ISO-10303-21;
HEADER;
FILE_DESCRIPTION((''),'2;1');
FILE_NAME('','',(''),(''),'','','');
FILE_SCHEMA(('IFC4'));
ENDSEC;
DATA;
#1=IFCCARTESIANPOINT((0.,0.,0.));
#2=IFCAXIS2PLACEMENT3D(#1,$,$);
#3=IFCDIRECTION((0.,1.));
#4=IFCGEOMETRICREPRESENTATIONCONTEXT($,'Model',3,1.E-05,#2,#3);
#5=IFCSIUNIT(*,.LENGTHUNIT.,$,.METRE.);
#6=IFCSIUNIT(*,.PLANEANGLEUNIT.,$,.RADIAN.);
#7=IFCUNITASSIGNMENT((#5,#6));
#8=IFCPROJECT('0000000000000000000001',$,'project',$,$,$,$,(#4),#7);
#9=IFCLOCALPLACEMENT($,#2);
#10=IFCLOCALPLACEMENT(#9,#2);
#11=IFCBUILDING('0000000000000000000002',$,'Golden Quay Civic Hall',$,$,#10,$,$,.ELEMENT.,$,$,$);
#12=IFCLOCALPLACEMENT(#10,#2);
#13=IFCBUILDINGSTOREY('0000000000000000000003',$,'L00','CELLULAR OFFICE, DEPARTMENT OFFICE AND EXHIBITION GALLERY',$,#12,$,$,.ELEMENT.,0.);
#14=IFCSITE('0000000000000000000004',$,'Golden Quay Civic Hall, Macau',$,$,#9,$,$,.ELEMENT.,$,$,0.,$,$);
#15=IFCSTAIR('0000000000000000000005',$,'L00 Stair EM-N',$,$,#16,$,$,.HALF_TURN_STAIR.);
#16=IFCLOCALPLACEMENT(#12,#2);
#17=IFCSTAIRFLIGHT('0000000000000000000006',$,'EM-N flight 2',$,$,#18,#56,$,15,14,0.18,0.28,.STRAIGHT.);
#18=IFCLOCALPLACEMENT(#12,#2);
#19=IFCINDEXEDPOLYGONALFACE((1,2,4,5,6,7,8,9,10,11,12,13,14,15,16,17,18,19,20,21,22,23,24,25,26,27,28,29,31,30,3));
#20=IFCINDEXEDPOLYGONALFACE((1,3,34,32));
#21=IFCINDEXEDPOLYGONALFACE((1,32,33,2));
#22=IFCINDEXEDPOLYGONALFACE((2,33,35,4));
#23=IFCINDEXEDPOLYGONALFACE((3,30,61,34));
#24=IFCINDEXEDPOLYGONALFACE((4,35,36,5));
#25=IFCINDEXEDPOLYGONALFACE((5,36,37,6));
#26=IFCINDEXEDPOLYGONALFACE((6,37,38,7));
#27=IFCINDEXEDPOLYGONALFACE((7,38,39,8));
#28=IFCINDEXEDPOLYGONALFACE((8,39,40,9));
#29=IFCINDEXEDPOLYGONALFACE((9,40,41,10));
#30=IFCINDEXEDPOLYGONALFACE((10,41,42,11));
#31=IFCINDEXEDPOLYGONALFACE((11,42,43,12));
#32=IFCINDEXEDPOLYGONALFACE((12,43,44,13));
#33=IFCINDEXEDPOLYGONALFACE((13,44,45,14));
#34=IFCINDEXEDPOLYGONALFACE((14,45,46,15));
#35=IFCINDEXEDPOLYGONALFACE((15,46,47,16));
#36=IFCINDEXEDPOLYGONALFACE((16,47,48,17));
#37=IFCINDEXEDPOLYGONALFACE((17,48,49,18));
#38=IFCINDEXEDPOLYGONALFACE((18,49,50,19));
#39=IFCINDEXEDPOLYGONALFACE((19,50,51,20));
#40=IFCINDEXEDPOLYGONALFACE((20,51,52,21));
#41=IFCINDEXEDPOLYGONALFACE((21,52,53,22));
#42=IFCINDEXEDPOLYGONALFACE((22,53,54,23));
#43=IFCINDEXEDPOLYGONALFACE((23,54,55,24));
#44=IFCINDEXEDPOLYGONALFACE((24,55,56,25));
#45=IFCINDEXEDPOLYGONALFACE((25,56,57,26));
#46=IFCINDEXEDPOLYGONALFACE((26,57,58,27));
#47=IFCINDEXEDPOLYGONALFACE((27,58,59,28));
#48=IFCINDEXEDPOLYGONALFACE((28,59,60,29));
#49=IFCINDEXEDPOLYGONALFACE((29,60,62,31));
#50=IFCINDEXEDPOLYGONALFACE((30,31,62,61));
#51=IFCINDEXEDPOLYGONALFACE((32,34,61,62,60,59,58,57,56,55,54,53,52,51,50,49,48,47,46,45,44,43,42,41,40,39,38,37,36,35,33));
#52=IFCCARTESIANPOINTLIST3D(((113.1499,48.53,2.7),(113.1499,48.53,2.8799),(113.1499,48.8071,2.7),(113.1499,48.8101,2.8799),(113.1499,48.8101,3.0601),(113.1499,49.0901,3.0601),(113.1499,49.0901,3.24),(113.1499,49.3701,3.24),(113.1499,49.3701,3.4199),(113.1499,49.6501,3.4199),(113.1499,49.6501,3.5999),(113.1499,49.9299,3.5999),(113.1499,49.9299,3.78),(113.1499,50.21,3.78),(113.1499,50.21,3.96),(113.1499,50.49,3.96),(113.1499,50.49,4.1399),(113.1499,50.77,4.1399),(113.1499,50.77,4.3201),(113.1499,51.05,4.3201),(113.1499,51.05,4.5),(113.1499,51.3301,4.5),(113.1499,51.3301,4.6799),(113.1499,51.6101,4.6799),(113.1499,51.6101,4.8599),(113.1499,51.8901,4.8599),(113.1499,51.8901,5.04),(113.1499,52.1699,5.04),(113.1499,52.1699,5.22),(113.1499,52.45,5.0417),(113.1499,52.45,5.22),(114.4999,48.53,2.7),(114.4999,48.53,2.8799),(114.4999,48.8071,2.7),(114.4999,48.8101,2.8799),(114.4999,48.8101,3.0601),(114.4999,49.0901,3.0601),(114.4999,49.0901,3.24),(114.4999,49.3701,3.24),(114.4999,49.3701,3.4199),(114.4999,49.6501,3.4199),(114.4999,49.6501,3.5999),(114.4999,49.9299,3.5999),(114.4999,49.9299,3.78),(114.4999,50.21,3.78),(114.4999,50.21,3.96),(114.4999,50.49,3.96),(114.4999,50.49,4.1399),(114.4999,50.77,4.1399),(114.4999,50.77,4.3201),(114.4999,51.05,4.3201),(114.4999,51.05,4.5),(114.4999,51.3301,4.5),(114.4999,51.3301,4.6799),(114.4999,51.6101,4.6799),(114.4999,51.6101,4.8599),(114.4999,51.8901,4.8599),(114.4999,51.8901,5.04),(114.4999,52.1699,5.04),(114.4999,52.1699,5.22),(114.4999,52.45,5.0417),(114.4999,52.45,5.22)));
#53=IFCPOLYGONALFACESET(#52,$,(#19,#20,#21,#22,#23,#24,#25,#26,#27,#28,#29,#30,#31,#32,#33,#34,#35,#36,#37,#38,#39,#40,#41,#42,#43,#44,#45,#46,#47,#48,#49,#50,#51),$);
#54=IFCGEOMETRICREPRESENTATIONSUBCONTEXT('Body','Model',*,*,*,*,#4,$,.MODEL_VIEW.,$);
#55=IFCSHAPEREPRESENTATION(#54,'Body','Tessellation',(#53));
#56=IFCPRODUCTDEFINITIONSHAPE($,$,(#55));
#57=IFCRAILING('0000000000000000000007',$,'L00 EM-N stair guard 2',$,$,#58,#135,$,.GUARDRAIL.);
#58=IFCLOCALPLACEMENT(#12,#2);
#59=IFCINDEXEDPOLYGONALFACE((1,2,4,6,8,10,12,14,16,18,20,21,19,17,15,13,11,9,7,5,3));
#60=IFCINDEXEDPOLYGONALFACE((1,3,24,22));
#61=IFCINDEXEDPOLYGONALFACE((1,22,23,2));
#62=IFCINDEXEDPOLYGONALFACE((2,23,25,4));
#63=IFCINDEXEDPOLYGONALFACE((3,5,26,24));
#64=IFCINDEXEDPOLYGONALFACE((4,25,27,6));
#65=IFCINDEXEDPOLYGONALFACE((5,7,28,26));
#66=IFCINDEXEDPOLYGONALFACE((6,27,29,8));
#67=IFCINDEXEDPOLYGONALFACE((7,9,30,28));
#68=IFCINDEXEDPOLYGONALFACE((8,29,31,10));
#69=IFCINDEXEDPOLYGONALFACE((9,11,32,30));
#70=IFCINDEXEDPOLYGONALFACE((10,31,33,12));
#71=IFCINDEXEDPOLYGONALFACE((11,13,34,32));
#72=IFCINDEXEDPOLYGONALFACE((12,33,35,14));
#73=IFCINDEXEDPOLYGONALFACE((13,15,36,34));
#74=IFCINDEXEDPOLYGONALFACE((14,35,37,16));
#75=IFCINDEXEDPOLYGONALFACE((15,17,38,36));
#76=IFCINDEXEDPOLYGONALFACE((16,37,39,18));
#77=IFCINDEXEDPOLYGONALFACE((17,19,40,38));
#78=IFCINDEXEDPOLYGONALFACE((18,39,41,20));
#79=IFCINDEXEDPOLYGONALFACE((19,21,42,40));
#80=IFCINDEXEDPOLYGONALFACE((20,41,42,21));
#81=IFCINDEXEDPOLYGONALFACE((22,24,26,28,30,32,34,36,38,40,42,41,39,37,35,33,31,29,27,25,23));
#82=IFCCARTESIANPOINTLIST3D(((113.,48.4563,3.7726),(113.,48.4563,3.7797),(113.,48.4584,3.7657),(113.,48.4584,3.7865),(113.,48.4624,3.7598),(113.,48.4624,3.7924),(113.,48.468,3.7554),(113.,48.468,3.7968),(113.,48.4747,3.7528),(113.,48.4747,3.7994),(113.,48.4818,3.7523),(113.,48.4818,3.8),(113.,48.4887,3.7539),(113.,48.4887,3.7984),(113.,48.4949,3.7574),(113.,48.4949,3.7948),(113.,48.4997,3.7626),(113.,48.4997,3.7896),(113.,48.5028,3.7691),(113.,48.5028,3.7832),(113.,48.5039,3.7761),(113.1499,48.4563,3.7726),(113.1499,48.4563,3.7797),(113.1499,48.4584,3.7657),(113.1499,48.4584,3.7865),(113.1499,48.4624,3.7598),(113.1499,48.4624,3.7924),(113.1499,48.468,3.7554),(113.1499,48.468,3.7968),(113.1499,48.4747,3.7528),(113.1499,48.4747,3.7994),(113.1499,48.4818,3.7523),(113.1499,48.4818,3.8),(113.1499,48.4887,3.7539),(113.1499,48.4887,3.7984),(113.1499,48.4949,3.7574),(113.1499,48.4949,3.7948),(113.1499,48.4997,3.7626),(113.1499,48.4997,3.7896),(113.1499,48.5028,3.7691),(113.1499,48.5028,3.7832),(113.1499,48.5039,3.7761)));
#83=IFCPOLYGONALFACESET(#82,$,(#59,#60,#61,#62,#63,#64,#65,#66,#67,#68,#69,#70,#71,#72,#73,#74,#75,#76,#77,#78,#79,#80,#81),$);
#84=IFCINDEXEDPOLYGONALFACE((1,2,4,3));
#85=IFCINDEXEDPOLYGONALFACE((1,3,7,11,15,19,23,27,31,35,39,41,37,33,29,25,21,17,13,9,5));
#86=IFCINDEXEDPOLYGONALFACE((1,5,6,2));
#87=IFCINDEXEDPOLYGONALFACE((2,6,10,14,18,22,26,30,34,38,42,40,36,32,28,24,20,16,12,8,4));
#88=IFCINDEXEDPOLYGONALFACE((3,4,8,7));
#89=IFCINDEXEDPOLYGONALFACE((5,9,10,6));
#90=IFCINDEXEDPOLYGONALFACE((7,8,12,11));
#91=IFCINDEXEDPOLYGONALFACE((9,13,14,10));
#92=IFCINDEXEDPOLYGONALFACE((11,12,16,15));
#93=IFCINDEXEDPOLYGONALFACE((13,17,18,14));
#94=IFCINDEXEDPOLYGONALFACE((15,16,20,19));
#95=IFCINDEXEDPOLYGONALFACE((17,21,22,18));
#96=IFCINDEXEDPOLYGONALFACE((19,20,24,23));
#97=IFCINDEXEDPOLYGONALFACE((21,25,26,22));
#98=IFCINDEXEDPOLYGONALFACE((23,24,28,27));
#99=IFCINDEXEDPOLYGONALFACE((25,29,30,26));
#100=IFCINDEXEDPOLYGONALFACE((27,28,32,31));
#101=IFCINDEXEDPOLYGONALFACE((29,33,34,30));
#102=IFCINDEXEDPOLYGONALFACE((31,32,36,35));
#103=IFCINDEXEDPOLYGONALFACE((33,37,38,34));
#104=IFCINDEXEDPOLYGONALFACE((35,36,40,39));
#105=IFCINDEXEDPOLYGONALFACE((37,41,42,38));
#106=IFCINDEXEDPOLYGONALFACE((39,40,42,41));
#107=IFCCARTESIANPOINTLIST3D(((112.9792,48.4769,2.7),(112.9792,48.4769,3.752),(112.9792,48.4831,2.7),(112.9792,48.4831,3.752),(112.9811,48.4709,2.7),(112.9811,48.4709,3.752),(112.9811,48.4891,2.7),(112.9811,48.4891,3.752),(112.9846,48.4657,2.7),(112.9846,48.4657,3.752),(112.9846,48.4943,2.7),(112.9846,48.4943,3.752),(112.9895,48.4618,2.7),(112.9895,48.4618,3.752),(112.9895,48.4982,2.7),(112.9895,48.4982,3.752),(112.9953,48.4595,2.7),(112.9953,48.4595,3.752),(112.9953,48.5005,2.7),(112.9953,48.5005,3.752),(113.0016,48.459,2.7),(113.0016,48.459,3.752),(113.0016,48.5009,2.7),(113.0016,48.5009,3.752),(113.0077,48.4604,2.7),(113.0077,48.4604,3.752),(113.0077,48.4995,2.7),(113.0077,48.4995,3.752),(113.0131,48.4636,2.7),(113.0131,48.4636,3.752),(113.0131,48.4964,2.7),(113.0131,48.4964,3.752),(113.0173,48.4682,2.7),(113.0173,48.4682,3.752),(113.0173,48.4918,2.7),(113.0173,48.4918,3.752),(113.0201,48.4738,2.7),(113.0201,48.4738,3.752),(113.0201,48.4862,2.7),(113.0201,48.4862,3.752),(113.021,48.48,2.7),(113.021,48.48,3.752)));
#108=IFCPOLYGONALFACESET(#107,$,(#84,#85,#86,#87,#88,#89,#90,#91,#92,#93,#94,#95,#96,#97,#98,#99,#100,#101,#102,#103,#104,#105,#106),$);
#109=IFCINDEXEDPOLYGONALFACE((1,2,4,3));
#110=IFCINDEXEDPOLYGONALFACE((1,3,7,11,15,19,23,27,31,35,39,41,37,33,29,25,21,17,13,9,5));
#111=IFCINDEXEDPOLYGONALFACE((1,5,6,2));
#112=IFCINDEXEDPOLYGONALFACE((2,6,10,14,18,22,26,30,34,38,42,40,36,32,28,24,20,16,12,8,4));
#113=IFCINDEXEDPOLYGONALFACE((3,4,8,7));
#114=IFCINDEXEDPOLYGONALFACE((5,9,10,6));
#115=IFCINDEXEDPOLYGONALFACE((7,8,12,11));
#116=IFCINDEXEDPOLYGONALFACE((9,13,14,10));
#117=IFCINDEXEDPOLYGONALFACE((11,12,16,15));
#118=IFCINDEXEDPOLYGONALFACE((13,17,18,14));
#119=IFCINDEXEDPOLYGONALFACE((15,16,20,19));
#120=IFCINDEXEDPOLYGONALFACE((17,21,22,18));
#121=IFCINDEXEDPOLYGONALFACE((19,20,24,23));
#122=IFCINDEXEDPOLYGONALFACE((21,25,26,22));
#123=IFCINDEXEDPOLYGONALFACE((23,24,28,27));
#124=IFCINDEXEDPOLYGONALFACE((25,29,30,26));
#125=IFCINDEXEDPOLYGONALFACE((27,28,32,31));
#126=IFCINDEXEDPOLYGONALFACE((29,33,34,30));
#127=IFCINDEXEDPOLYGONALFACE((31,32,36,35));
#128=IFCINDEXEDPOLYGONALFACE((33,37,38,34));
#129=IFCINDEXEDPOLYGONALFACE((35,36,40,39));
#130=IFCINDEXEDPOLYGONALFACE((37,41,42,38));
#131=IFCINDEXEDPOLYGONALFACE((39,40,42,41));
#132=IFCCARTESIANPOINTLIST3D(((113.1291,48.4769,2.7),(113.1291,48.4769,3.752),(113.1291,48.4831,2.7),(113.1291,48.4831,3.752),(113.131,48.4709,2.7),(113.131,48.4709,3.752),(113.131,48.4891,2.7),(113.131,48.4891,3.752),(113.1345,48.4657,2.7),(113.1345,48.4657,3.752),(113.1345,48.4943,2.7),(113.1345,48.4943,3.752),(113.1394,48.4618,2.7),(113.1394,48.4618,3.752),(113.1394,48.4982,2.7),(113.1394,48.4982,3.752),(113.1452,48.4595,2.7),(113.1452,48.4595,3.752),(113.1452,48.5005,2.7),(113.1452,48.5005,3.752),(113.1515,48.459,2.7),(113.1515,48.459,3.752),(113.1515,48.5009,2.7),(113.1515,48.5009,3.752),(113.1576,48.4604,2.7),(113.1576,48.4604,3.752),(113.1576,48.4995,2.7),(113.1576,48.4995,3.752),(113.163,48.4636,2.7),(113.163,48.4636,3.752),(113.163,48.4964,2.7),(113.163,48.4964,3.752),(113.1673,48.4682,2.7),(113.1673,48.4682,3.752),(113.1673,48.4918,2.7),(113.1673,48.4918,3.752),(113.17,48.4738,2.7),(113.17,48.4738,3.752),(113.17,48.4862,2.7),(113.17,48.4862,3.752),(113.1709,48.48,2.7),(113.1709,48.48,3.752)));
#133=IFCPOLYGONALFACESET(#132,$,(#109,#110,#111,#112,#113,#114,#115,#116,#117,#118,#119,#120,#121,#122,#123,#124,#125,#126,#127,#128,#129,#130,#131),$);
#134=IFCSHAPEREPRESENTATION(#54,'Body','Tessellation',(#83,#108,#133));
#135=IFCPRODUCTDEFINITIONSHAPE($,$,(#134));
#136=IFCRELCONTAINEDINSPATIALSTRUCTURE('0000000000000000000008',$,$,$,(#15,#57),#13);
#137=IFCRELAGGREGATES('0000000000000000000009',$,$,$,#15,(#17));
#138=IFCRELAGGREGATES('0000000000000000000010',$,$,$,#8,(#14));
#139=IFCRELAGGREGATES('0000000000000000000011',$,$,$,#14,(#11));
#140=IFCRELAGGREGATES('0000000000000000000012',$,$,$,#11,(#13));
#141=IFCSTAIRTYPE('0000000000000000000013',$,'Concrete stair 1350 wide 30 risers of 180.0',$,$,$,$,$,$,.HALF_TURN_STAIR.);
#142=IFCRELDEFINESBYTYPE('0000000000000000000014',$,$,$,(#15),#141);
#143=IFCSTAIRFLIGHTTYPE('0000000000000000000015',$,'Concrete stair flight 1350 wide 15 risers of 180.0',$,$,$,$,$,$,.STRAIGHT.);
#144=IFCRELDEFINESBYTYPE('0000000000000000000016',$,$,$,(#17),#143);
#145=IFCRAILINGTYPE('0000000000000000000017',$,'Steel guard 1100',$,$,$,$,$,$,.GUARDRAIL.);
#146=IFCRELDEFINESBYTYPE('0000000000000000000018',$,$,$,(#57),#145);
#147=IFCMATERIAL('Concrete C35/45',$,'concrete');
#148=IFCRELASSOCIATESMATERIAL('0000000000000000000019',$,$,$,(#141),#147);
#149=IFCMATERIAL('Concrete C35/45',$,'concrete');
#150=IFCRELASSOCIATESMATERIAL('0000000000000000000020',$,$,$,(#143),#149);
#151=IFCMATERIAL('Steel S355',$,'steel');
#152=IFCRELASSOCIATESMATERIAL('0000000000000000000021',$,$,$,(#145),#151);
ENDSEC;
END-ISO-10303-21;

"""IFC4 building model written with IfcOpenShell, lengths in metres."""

from ifc_helpers import new_model, si_unit, direction, frame, origin, origin_2d, place, context, subcontext, project, spatial, polyline, circle, outline, extrude, material, type_object, element, aggregate, save


model = new_model("IFC4")

# Units and contexts
model_context = context("Model", 3, precision=1e-05, world=origin(), true_north=direction((0.0, 1.0)))
body_context = subcontext(model_context, "Body", "Model", "MODEL_VIEW")
ifc_project = project(units=[si_unit("LENGTHUNIT", "METRE"), si_unit("PLANEANGLEUNIT", "RADIAN")], contexts=[model_context])

# Site, building, storey
site_placement = place(None, origin())
site = spatial("IfcSite", under=ifc_project, at=site_placement, Name="Golden Quay Civic Hall, Macau", CompositionType="ELEMENT", RefElevation=0.0)
building_placement = place(site_placement, origin())
building = spatial("IfcBuilding", under=site, at=building_placement, Name="Golden Quay Civic Hall", CompositionType="ELEMENT")
storey_placement = place(building_placement, origin())
storey = spatial("IfcBuildingStorey", under=building, at=storey_placement, Name="L00", Description="CELLULAR OFFICE, DEPARTMENT OFFICE AND EXHIBITION GALLERY", CompositionType="ELEMENT", Elevation=0.0)

# Stair, stair flight
ifc_material_1 = material(Name="Concrete C35/45", Category="concrete")
stair_type = type_object("IfcStairType", Name="Concrete stair 1350 wide 30 risers of 180.0", PredefinedType="HALF_TURN_STAIR", material=ifc_material_1)
stair_placement = place(storey_placement, origin())
stair = element("IfcStair", 1, at=stair_placement, inside=storey, type_object=stair_type, Name="L00 Stair EM-N", PredefinedType="HALF_TURN_STAIR")
ifc_material_2 = material(Name="Concrete C35/45", Category="concrete")
stair_flight_type = type_object("IfcStairFlightType", Name="Concrete stair flight 1350 wide 15 risers of 180.0", PredefinedType="STRAIGHT", material=ifc_material_2)
stair_flight_placement = place(storey_placement, frame((113.825, 48.53, 2.7), z_axis=(0.0, 0.0, 1.0), x_axis=(0.0, 1.0, 0.0)))
stair_flight = element("IfcStairFlight", 2, at=stair_flight_placement, type_object=stair_flight_type, Name="EM-N flight 2", NumberOfRisers=15, NumberOfTreads=14, PredefinedType="STRAIGHT", RiserHeight=0.18, TreadLength=0.28, context=body_context, shape_type="SweptSolid", body=[
    extrude(outline(polyline([(0.0, 0.0), (0.0, 0.1799), (0.28, 0.1799), (0.28, 0.3601), (0.5601, 0.3601), (0.5601, 0.54), (0.8401, 0.54), (0.8401, 0.72), (1.1201, 0.72), (1.1201, 0.8999), (1.3999, 0.8999), (1.3999, 1.0801), (1.6799, 1.0801), (1.6799, 1.26), (1.96, 1.26), (1.96, 1.4399), (2.24, 1.4399), (2.24, 1.6201), (2.52, 1.6201), (2.52, 1.8), (2.8, 1.8), (2.8, 1.98), (3.0801, 1.98), (3.0801, 2.1599), (3.3601, 2.1599), (3.3601, 2.3401), (3.6399, 2.3401), (3.6399, 2.52), (3.9199, 2.52), (3.9199, 2.7), (3.9199, 2.3418), (0.2771, 0.0), (0.0, 0.0)])), frame((0.0, 0.675, 0.0), z_axis=(0.0, -1.0, 0.0), x_axis=(1.0, 0.0, 0.0)), (0.0, 0.0, 1.0), 1.35),
])
aggregate(stair, [stair_flight])

# Railing
ifc_material_3 = material(Name="Steel S355", Category="steel")
railing_type_1 = type_object("IfcRailingType", Name="Steel guard 1100", PredefinedType="GUARDRAIL", material=ifc_material_3)
railing_1_placement = place(storey_placement, frame((113.0, 48.48, 2.7)))
element("IfcRailing", 3, at=railing_1_placement, inside=storey, type_object=railing_type_1, Name="L00 EM-N stair guard 2", PredefinedType="GUARDRAIL", context=body_context, shape_type="SweptSolid", body=[
    extrude(circle(Radius=0.0239, at=origin_2d()), frame((0.0, 0.0, 1.0762), z_axis=(1.0, 0.0, 0.0), x_axis=(0.0, 1.0, 0.0)), (0.0, 0.0, 1.0), 0.1499),
    extrude(circle(Radius=0.021, at=origin_2d()), origin(), (0.0, 0.0, 1.0), 1.052),
    extrude(circle(Radius=0.021, at=origin_2d()), frame((0.1499, 0.0, 0.0)), (0.0, 0.0, 1.0), 1.052),
])

save(model, "model.ifc")
